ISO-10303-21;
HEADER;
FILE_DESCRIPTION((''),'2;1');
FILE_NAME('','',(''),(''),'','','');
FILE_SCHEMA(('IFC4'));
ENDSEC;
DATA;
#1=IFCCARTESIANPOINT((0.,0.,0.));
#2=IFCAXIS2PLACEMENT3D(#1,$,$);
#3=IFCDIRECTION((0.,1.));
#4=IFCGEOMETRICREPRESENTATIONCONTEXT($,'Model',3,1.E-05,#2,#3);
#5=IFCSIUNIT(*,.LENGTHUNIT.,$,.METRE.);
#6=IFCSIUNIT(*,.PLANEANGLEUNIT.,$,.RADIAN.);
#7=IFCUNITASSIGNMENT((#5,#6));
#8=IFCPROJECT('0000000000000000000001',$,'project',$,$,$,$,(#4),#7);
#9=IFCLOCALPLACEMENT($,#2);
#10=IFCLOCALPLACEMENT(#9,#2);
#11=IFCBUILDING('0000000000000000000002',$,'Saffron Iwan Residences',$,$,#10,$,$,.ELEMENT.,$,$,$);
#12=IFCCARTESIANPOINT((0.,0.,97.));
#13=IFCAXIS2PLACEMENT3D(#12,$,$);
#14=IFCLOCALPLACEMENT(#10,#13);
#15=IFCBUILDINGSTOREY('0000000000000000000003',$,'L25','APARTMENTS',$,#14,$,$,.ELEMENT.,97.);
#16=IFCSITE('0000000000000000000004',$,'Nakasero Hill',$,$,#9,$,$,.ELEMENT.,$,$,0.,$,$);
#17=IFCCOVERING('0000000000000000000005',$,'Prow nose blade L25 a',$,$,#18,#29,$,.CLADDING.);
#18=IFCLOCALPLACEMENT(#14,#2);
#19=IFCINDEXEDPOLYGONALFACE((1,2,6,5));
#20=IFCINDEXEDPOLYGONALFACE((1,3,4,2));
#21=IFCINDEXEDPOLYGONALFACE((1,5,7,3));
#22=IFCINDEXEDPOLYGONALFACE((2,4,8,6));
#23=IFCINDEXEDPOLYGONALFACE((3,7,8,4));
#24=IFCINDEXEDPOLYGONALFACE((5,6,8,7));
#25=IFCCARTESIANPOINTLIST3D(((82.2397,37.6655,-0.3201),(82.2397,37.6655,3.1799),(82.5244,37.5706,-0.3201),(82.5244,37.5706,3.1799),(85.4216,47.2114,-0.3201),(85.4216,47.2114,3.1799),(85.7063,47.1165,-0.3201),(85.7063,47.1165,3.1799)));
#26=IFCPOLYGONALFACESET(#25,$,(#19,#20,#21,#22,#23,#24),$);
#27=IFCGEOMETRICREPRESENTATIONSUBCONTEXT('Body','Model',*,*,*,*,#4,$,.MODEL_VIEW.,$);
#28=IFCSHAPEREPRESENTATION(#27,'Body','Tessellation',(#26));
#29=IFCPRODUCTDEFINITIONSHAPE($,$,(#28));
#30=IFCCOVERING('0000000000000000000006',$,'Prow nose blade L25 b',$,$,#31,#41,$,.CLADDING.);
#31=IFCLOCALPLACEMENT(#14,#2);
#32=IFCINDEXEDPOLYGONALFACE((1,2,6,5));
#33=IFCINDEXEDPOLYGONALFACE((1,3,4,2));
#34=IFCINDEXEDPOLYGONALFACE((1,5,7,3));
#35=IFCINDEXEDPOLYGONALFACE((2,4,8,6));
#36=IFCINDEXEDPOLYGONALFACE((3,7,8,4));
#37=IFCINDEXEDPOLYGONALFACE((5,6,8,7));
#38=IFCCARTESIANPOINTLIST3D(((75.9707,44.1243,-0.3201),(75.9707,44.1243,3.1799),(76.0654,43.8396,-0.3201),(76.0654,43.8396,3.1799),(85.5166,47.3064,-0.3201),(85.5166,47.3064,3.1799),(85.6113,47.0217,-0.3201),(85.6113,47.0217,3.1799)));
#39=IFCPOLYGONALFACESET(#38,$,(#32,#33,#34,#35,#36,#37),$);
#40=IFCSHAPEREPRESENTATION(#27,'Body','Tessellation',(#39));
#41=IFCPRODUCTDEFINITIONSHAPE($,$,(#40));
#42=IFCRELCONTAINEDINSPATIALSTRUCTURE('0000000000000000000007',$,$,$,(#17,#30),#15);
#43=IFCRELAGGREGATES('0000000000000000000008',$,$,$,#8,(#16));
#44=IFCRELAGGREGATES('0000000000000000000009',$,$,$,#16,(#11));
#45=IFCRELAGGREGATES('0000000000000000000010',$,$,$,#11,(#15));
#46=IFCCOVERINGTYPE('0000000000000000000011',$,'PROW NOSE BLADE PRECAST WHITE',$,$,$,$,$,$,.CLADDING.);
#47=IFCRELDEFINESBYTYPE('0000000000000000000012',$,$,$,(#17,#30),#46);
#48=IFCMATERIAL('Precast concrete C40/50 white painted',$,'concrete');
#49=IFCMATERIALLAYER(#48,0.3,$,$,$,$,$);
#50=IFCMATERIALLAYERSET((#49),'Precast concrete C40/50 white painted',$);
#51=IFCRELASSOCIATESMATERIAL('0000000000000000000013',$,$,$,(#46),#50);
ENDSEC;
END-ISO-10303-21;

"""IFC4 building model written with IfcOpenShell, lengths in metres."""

from ifc_helpers import new_model, si_unit, direction, frame, origin, place, context, subcontext, project, spatial, polyline, outline, extrude, material, layer, layer_set, type_object, element, save


model = new_model("IFC4")

# Units and contexts
model_context = context("Model", 3, precision=1e-05, world=origin(), true_north=direction((0.0, 1.0)))
body_context = subcontext(model_context, "Body", "Model", "MODEL_VIEW")
ifc_project = project(units=[si_unit("LENGTHUNIT", "METRE"), si_unit("PLANEANGLEUNIT", "RADIAN")], contexts=[model_context])

# Site, building, storey
site_placement = place(None, origin())
site = spatial("IfcSite", under=ifc_project, at=site_placement, Name="Nakasero Hill", CompositionType="ELEMENT", RefElevation=0.0)
building_placement = place(site_placement, origin())
building = spatial("IfcBuilding", under=site, at=building_placement, Name="Saffron Iwan Residences", CompositionType="ELEMENT")
storey_placement = place(building_placement, frame((0.0, 0.0, 97.0)))
storey = spatial("IfcBuildingStorey", under=building, at=storey_placement, Name="L25", Description="APARTMENTS", CompositionType="ELEMENT", Elevation=97.0)

# Coverings
ifc_material_1 = material(Name="Precast concrete C40/50 white painted", Category="concrete")
ifc_layer_1 = layer(ifc_material_1, 0.3)
ifc_layer_set_1 = layer_set([ifc_layer_1], Name="Precast concrete C40/50 white painted")
covering_type_1 = type_object("IfcCoveringType", Name="PROW NOSE BLADE PRECAST WHITE", PredefinedType="CLADDING", material=ifc_layer_set_1)
covering_1_placement = place(storey_placement, frame((0.0, 0.0, -0.3201)))
element("IfcCovering", 1, at=covering_1_placement, inside=storey, type_object=covering_type_1, Name="Prow nose blade L25 a", PredefinedType="CLADDING", context=body_context, shape_type="SweptSolid", body=[
    extrude(outline(polyline([(82.5244, 37.5706), (85.7063, 47.1165), (85.4216, 47.2114), (82.2397, 37.6655), (82.5244, 37.5706)])), origin(), (0.0, 0.0, 1.0), 3.5),
])
covering_2_placement = place(storey_placement, frame((0.0, 0.0, -0.3201)))
element("IfcCovering", 2, at=covering_2_placement, inside=storey, type_object=covering_type_1, Name="Prow nose blade L25 b", PredefinedType="CLADDING", context=body_context, shape_type="SweptSolid", body=[
    extrude(outline(polyline([(76.0654, 43.8396), (85.6113, 47.0217), (85.5166, 47.3064), (75.9707, 44.1243), (76.0654, 43.8396)])), origin(), (0.0, 0.0, 1.0), 3.5),
])

save(model, "model.ifc")
